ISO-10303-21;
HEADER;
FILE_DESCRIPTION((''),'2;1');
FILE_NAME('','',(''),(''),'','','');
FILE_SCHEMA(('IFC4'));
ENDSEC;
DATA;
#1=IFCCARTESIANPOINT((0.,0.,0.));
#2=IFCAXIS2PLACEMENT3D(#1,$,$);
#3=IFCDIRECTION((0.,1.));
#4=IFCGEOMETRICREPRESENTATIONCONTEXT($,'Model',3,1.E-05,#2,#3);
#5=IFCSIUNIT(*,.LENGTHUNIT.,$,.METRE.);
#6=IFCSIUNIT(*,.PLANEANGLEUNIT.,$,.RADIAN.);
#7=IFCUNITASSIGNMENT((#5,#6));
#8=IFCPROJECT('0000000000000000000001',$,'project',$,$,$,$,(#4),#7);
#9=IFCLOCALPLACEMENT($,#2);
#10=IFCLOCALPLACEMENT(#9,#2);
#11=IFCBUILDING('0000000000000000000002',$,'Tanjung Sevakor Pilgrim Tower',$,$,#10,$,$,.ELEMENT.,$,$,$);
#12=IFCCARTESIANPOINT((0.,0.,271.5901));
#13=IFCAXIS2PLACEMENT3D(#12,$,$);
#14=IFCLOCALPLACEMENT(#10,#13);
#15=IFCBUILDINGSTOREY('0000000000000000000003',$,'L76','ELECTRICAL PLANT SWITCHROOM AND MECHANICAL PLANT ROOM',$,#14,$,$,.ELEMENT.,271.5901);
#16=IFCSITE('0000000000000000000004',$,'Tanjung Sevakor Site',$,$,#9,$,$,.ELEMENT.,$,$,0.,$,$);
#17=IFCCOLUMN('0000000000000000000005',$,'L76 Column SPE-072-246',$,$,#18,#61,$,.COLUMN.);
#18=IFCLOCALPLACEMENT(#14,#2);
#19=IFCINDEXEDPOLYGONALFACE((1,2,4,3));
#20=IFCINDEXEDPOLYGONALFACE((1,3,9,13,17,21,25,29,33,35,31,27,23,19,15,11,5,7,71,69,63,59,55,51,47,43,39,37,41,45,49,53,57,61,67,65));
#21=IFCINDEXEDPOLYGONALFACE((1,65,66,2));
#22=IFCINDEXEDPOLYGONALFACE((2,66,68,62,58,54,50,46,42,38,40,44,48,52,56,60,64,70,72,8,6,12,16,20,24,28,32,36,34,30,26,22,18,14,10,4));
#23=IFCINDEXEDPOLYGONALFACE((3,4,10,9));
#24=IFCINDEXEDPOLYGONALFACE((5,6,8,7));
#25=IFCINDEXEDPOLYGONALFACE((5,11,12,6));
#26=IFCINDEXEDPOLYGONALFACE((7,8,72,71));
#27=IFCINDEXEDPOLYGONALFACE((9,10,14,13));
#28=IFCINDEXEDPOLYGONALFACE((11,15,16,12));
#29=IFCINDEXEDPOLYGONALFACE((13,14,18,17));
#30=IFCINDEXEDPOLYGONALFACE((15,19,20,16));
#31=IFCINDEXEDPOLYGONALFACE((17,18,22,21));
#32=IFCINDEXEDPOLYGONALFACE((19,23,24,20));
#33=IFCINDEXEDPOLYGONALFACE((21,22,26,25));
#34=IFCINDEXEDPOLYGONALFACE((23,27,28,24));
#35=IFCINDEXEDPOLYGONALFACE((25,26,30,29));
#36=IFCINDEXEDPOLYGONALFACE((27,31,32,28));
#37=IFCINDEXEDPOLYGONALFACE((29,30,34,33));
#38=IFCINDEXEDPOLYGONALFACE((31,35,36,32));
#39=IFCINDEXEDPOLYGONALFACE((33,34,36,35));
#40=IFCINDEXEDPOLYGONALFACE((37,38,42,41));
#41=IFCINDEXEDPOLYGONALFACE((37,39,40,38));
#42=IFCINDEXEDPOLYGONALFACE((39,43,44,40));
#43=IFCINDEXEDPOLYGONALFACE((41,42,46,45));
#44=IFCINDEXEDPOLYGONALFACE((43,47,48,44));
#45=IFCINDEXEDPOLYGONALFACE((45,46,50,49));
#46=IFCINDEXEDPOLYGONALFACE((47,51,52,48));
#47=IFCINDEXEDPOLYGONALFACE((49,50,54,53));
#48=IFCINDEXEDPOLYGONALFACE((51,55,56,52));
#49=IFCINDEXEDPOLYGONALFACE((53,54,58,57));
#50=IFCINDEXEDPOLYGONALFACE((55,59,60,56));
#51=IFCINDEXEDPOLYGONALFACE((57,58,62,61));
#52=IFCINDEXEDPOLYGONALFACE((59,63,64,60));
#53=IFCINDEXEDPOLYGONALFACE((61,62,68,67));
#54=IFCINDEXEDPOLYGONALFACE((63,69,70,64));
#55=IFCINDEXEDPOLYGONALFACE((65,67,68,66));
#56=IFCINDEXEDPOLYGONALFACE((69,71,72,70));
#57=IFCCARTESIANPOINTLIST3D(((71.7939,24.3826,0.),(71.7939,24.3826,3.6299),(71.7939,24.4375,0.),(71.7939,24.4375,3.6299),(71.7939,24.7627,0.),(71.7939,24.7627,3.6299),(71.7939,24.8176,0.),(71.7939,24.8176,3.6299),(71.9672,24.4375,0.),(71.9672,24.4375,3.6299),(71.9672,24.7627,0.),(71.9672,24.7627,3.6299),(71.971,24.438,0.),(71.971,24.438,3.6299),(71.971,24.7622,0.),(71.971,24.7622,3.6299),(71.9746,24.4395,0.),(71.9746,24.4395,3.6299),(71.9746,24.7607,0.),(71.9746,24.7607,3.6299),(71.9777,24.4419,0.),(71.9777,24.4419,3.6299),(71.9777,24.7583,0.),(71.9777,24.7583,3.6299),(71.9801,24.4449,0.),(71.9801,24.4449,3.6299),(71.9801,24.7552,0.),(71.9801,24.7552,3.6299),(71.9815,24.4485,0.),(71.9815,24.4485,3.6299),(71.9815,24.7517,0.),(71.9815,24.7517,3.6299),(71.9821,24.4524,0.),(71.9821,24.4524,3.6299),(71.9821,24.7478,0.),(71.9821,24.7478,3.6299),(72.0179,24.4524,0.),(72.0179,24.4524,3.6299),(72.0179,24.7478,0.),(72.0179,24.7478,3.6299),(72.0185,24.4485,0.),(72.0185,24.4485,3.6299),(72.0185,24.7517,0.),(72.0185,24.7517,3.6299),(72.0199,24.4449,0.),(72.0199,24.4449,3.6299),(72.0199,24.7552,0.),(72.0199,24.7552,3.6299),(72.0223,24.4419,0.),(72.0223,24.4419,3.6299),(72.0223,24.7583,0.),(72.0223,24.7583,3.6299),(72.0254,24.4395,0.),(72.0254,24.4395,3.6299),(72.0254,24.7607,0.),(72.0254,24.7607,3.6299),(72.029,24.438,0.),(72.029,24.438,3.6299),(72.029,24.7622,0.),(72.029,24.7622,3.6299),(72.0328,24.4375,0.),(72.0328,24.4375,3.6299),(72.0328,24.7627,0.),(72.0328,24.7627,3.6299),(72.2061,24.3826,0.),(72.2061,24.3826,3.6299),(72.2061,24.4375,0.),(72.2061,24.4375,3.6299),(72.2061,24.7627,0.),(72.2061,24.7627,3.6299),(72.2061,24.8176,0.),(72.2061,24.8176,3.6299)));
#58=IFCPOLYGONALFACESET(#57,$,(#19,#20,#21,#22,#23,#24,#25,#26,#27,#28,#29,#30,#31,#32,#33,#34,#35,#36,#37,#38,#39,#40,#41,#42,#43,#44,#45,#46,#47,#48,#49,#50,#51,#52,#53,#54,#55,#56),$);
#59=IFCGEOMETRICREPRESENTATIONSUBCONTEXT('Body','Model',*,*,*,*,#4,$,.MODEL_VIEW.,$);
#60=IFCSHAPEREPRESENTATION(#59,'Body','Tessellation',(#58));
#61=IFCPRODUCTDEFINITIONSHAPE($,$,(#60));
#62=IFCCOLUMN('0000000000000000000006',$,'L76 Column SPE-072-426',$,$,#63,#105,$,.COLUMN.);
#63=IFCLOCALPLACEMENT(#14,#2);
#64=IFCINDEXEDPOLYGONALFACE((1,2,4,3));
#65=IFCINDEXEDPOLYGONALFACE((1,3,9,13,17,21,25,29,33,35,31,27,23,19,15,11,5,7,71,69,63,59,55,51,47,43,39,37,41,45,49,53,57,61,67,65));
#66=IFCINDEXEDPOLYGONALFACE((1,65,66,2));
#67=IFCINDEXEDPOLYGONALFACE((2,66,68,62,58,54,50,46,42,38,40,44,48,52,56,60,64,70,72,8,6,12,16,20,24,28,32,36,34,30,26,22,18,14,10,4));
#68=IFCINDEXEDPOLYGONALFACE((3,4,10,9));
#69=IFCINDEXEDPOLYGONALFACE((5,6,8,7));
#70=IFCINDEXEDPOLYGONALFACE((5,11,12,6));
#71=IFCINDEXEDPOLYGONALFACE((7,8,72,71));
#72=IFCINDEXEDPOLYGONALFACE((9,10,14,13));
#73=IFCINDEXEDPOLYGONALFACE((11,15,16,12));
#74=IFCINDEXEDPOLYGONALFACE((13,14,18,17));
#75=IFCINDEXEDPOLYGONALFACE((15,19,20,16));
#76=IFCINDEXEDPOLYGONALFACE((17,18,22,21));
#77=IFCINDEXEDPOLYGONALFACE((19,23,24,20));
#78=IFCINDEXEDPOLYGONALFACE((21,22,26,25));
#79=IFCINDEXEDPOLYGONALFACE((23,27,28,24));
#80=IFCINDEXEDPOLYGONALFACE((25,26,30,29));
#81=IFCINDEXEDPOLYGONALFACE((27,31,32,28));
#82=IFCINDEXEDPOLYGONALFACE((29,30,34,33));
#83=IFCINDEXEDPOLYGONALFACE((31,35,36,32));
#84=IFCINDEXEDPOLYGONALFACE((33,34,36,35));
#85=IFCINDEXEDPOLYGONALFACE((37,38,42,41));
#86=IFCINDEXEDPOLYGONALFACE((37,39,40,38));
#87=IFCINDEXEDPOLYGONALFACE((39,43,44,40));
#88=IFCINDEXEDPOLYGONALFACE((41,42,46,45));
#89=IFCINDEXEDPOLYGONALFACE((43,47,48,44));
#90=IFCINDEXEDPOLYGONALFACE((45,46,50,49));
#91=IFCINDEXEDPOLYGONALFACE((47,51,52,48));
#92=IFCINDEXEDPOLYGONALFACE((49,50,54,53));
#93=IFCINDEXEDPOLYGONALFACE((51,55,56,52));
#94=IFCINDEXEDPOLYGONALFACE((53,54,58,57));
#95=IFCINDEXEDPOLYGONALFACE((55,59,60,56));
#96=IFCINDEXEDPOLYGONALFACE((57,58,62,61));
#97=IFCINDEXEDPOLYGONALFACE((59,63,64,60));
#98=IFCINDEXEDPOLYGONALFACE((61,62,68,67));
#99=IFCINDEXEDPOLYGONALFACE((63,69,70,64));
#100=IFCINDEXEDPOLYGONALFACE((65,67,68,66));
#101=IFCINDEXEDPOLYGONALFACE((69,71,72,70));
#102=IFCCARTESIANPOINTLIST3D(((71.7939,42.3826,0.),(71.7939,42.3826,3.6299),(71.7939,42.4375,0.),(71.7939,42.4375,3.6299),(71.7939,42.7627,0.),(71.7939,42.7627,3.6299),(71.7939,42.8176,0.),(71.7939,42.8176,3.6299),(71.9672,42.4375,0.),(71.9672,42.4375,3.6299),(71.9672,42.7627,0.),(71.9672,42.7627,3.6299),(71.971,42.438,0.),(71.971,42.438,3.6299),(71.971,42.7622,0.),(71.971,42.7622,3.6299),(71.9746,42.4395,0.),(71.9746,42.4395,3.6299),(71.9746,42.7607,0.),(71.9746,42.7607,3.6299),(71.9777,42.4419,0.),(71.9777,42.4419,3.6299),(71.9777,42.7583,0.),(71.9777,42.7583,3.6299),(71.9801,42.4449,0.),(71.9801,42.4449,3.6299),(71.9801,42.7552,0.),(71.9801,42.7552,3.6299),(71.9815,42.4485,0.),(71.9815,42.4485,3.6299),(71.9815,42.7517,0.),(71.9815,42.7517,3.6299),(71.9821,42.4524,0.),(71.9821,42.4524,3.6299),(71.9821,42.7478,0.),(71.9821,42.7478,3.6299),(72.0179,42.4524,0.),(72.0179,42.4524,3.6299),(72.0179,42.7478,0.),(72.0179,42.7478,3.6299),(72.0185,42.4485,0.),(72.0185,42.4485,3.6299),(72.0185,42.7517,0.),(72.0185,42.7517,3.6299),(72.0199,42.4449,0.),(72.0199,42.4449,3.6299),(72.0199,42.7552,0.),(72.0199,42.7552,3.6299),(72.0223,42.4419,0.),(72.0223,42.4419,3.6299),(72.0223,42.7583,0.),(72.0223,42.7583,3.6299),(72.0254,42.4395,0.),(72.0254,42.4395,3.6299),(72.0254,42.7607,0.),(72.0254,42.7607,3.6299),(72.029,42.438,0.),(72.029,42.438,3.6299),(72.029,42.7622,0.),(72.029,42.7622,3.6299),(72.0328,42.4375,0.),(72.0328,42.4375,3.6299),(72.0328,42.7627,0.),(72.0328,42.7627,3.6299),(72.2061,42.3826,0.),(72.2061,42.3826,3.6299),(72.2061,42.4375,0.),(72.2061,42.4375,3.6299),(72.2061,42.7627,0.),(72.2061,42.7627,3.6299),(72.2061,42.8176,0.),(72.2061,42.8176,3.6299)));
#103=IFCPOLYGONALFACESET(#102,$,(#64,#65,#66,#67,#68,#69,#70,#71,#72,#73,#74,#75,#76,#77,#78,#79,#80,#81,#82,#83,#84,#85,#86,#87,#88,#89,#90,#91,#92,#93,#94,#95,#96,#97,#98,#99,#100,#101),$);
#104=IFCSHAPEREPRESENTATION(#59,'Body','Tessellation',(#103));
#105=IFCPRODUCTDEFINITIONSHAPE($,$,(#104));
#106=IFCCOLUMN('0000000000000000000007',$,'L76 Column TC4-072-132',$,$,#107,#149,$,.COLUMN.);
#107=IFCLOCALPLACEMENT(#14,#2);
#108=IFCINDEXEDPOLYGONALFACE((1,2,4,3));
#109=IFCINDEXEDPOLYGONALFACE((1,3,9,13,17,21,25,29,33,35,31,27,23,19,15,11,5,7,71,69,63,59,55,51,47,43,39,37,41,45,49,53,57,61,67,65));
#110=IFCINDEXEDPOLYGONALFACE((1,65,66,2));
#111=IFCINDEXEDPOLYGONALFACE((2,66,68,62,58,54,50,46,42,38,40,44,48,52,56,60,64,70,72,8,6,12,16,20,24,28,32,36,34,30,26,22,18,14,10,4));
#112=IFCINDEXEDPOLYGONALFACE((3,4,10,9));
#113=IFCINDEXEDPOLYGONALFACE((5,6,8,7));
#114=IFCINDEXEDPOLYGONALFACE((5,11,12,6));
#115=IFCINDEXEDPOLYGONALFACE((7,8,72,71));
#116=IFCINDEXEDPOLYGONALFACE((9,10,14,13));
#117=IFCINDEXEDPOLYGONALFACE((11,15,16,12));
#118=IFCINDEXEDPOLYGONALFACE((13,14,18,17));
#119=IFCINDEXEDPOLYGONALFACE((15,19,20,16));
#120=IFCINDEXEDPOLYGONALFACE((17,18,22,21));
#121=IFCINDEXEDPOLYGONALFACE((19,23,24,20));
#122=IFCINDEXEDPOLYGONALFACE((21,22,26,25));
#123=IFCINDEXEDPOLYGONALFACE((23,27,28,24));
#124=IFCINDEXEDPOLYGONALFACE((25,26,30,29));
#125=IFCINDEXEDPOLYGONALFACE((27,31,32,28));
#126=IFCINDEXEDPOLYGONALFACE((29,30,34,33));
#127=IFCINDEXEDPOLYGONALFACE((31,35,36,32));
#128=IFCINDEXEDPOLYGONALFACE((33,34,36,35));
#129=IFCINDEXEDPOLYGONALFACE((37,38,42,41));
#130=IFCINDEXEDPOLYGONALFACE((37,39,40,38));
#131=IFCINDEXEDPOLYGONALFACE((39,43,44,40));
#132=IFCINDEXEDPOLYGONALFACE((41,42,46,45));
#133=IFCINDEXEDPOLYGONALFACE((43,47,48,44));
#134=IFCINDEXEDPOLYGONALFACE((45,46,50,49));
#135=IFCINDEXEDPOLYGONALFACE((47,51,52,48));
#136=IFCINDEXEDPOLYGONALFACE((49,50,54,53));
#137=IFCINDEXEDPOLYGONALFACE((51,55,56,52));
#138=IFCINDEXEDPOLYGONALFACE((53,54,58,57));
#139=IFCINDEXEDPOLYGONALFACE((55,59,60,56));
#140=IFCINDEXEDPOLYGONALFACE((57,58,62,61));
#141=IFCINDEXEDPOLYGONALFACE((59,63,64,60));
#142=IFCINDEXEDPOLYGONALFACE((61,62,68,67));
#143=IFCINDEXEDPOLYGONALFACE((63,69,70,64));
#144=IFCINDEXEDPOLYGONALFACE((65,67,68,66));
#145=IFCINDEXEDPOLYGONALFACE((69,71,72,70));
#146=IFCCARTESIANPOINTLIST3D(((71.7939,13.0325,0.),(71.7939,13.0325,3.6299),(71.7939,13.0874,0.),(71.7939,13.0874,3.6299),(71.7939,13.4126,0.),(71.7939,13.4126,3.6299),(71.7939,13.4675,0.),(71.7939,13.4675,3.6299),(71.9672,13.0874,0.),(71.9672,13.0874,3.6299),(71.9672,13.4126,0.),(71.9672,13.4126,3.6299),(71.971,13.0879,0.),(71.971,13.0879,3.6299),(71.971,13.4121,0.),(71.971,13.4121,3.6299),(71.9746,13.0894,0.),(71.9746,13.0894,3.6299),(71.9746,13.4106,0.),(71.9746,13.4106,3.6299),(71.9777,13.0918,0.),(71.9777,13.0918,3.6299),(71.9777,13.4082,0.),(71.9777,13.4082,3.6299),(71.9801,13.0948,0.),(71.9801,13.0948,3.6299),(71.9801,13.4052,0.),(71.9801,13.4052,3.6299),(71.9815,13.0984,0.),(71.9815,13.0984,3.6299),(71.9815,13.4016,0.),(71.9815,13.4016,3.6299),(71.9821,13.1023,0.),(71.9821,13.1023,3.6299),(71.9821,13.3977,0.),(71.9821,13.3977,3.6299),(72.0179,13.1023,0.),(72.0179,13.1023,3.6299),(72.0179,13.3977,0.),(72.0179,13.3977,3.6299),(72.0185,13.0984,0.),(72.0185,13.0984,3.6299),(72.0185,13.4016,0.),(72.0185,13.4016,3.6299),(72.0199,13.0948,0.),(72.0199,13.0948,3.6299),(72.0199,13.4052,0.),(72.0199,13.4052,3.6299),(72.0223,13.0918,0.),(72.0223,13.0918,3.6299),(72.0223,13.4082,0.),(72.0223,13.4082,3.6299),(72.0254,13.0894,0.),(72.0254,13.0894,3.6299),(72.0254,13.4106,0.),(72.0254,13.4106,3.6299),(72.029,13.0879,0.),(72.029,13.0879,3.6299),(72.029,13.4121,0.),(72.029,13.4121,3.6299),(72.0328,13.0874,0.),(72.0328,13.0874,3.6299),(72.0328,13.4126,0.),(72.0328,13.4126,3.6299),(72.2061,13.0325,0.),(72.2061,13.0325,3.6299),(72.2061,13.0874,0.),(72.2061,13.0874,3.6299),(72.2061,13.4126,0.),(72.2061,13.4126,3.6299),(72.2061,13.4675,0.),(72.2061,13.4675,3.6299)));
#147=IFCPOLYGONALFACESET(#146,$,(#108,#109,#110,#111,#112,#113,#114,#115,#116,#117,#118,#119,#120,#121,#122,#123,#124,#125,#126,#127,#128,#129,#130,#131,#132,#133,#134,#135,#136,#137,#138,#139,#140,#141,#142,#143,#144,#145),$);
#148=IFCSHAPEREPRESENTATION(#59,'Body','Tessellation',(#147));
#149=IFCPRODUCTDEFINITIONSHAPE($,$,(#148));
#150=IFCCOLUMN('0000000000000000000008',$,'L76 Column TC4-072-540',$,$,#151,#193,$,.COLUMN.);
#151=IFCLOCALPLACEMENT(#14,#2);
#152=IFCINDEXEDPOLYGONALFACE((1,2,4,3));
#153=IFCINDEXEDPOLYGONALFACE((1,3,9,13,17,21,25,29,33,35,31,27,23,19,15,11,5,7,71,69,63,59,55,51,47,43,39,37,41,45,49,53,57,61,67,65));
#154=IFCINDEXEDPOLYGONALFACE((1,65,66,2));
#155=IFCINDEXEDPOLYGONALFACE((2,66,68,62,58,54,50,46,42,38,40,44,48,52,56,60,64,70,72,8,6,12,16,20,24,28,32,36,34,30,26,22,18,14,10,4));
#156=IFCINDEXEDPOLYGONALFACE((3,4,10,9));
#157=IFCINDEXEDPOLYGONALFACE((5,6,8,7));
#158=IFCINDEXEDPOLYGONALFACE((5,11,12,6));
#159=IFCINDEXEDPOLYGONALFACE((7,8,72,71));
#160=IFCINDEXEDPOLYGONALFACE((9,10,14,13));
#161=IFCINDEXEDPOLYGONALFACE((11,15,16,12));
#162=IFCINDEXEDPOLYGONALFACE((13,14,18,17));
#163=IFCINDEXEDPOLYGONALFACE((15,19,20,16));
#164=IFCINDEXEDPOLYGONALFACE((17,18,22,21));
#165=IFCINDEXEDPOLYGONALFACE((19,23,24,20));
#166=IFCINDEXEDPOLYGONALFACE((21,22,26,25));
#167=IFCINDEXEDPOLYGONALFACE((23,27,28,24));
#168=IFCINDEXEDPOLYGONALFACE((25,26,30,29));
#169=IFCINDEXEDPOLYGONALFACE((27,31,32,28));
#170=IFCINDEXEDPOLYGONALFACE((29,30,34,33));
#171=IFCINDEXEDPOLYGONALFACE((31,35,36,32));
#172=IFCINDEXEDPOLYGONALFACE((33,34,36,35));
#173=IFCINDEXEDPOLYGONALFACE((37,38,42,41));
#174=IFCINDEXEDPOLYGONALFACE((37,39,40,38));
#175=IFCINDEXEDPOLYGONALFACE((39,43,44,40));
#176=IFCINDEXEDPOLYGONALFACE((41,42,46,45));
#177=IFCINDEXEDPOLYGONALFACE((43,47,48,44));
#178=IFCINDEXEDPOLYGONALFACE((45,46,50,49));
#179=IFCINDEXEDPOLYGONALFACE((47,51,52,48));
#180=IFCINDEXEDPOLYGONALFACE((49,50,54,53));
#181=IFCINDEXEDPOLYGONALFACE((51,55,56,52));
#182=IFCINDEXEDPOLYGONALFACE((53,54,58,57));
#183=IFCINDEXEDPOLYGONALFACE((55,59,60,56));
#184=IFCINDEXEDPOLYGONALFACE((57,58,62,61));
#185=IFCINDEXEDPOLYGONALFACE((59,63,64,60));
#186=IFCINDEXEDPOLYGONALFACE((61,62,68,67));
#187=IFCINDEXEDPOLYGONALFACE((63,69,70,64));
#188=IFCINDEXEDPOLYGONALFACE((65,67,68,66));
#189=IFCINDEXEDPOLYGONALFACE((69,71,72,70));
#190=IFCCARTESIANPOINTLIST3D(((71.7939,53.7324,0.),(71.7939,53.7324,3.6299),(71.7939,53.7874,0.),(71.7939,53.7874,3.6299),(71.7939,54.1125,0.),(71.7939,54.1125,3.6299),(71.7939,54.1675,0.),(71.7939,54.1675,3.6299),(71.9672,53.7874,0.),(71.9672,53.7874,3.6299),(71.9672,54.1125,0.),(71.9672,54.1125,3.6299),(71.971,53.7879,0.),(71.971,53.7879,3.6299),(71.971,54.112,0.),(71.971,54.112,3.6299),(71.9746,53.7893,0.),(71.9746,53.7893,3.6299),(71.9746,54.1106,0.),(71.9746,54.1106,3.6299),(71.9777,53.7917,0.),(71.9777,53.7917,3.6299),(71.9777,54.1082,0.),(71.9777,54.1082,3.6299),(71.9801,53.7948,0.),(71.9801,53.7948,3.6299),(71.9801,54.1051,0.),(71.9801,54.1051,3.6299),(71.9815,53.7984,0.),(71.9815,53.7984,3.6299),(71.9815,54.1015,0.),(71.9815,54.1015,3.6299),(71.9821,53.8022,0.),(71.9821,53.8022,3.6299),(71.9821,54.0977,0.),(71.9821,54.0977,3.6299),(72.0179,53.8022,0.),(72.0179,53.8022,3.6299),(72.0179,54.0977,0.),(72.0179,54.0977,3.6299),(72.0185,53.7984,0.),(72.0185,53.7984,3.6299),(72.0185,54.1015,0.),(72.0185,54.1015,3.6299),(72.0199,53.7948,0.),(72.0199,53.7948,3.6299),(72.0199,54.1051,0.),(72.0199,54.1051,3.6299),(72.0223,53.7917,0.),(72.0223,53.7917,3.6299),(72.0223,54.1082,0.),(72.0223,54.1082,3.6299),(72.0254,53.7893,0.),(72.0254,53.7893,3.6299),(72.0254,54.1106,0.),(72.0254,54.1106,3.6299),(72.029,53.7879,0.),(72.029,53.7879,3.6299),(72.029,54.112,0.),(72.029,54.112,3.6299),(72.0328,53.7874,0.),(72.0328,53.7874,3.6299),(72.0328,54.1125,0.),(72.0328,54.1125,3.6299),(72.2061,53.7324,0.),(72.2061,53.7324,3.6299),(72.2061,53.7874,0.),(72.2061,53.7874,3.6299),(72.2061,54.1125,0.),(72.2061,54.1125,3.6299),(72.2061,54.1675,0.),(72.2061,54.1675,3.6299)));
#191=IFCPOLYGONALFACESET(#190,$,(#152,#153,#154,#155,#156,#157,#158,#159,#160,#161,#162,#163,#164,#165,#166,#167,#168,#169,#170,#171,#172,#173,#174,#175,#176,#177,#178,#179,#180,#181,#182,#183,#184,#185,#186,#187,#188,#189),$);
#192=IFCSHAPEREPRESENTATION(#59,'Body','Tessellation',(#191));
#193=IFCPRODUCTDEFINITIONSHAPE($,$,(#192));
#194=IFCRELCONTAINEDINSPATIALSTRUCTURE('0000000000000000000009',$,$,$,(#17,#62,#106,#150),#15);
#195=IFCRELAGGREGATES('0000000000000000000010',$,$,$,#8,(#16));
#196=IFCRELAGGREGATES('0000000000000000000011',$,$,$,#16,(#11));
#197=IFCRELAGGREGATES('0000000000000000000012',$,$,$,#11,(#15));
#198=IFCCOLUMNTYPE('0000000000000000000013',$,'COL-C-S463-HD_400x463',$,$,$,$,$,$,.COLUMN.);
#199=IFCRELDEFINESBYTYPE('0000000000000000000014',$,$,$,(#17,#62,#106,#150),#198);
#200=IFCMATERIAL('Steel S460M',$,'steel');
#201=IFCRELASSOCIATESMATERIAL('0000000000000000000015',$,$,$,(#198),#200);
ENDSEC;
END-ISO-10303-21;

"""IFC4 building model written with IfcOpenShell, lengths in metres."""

from ifc_helpers import new_model, si_unit, direction, frame, origin, origin_2d, place, context, subcontext, project, spatial, i_section, extrude, material, material_profile, profile_set, type_object, element, save


model = new_model("IFC4")

# Units and contexts
model_context = context("Model", 3, precision=1e-05, world=origin(), true_north=direction((0.0, 1.0)))
body_context = subcontext(model_context, "Body", "Model", "MODEL_VIEW")
ifc_project = project(units=[si_unit("LENGTHUNIT", "METRE"), si_unit("PLANEANGLEUNIT", "RADIAN")], contexts=[model_context])

# Site, building, storey
site_placement = place(None, origin())
site = spatial("IfcSite", under=ifc_project, at=site_placement, Name="Tanjung Sevakor Site", CompositionType="ELEMENT", RefElevation=0.0)
building_placement = place(site_placement, origin())
building = spatial("IfcBuilding", under=site, at=building_placement, Name="Tanjung Sevakor Pilgrim Tower", CompositionType="ELEMENT")
storey_placement = place(building_placement, frame((0.0, 0.0, 271.5901)))
storey = spatial("IfcBuildingStorey", under=building, at=storey_placement, Name="L76", Description="ELECTRICAL PLANT SWITCHROOM AND MECHANICAL PLANT ROOM", CompositionType="ELEMENT", Elevation=271.5901)

# Columns
ifc_material_1 = material(Name="Steel S460M", Category="steel")
ifc_material_profile_1 = material_profile(ifc_material_1, i_section(OverallWidth=0.4121, OverallDepth=0.4351, WebThickness=0.0359, FlangeThickness=0.0549, FilletRadius=0.0149, at=origin_2d()))
ifc_profile_set_1 = profile_set([ifc_material_profile_1], Name="Steel S460M")
column_type = type_object("IfcColumnType", Name="COL-C-S463-HD_400x463", PredefinedType="COLUMN", material=ifc_profile_set_1)
for number, where, z_axis, x_axis, name in (
    (1, (72.0, 24.6001, 0.0), (0.0, 0.0, 1.0), (1.0, 0.0, 0.0), "L76 Column SPE-072-246"),
    (2, (72.0, 42.6001, 0.0), (0.0, 0.0, 1.0), (1.0, 0.0, 0.0), "L76 Column SPE-072-426"),
    (3, (72.0, 13.25, 0.0), (0.0, 0.0, 1.0), (1.0, 0.0, 0.0), "L76 Column TC4-072-132"),
    (4, (72.0, 53.95, 0.0), (0.0, 0.0, 1.0), (1.0, 0.0, 0.0), "L76 Column TC4-072-540"),
):
    element("IfcColumn", number, at=place(storey_placement, frame(where, z_axis=z_axis, x_axis=x_axis)), inside=storey, type_object=column_type, Name=name, PredefinedType="COLUMN", context=body_context, shape_type="SweptSolid", body=[
        extrude(i_section(OverallWidth=0.4121, OverallDepth=0.4351, WebThickness=0.0359, FlangeThickness=0.0549, FilletRadius=0.0149, at=origin_2d()), origin(), (0.0, 0.0, 1.0), 3.6299),
    ])

save(model, "model.ifc")
